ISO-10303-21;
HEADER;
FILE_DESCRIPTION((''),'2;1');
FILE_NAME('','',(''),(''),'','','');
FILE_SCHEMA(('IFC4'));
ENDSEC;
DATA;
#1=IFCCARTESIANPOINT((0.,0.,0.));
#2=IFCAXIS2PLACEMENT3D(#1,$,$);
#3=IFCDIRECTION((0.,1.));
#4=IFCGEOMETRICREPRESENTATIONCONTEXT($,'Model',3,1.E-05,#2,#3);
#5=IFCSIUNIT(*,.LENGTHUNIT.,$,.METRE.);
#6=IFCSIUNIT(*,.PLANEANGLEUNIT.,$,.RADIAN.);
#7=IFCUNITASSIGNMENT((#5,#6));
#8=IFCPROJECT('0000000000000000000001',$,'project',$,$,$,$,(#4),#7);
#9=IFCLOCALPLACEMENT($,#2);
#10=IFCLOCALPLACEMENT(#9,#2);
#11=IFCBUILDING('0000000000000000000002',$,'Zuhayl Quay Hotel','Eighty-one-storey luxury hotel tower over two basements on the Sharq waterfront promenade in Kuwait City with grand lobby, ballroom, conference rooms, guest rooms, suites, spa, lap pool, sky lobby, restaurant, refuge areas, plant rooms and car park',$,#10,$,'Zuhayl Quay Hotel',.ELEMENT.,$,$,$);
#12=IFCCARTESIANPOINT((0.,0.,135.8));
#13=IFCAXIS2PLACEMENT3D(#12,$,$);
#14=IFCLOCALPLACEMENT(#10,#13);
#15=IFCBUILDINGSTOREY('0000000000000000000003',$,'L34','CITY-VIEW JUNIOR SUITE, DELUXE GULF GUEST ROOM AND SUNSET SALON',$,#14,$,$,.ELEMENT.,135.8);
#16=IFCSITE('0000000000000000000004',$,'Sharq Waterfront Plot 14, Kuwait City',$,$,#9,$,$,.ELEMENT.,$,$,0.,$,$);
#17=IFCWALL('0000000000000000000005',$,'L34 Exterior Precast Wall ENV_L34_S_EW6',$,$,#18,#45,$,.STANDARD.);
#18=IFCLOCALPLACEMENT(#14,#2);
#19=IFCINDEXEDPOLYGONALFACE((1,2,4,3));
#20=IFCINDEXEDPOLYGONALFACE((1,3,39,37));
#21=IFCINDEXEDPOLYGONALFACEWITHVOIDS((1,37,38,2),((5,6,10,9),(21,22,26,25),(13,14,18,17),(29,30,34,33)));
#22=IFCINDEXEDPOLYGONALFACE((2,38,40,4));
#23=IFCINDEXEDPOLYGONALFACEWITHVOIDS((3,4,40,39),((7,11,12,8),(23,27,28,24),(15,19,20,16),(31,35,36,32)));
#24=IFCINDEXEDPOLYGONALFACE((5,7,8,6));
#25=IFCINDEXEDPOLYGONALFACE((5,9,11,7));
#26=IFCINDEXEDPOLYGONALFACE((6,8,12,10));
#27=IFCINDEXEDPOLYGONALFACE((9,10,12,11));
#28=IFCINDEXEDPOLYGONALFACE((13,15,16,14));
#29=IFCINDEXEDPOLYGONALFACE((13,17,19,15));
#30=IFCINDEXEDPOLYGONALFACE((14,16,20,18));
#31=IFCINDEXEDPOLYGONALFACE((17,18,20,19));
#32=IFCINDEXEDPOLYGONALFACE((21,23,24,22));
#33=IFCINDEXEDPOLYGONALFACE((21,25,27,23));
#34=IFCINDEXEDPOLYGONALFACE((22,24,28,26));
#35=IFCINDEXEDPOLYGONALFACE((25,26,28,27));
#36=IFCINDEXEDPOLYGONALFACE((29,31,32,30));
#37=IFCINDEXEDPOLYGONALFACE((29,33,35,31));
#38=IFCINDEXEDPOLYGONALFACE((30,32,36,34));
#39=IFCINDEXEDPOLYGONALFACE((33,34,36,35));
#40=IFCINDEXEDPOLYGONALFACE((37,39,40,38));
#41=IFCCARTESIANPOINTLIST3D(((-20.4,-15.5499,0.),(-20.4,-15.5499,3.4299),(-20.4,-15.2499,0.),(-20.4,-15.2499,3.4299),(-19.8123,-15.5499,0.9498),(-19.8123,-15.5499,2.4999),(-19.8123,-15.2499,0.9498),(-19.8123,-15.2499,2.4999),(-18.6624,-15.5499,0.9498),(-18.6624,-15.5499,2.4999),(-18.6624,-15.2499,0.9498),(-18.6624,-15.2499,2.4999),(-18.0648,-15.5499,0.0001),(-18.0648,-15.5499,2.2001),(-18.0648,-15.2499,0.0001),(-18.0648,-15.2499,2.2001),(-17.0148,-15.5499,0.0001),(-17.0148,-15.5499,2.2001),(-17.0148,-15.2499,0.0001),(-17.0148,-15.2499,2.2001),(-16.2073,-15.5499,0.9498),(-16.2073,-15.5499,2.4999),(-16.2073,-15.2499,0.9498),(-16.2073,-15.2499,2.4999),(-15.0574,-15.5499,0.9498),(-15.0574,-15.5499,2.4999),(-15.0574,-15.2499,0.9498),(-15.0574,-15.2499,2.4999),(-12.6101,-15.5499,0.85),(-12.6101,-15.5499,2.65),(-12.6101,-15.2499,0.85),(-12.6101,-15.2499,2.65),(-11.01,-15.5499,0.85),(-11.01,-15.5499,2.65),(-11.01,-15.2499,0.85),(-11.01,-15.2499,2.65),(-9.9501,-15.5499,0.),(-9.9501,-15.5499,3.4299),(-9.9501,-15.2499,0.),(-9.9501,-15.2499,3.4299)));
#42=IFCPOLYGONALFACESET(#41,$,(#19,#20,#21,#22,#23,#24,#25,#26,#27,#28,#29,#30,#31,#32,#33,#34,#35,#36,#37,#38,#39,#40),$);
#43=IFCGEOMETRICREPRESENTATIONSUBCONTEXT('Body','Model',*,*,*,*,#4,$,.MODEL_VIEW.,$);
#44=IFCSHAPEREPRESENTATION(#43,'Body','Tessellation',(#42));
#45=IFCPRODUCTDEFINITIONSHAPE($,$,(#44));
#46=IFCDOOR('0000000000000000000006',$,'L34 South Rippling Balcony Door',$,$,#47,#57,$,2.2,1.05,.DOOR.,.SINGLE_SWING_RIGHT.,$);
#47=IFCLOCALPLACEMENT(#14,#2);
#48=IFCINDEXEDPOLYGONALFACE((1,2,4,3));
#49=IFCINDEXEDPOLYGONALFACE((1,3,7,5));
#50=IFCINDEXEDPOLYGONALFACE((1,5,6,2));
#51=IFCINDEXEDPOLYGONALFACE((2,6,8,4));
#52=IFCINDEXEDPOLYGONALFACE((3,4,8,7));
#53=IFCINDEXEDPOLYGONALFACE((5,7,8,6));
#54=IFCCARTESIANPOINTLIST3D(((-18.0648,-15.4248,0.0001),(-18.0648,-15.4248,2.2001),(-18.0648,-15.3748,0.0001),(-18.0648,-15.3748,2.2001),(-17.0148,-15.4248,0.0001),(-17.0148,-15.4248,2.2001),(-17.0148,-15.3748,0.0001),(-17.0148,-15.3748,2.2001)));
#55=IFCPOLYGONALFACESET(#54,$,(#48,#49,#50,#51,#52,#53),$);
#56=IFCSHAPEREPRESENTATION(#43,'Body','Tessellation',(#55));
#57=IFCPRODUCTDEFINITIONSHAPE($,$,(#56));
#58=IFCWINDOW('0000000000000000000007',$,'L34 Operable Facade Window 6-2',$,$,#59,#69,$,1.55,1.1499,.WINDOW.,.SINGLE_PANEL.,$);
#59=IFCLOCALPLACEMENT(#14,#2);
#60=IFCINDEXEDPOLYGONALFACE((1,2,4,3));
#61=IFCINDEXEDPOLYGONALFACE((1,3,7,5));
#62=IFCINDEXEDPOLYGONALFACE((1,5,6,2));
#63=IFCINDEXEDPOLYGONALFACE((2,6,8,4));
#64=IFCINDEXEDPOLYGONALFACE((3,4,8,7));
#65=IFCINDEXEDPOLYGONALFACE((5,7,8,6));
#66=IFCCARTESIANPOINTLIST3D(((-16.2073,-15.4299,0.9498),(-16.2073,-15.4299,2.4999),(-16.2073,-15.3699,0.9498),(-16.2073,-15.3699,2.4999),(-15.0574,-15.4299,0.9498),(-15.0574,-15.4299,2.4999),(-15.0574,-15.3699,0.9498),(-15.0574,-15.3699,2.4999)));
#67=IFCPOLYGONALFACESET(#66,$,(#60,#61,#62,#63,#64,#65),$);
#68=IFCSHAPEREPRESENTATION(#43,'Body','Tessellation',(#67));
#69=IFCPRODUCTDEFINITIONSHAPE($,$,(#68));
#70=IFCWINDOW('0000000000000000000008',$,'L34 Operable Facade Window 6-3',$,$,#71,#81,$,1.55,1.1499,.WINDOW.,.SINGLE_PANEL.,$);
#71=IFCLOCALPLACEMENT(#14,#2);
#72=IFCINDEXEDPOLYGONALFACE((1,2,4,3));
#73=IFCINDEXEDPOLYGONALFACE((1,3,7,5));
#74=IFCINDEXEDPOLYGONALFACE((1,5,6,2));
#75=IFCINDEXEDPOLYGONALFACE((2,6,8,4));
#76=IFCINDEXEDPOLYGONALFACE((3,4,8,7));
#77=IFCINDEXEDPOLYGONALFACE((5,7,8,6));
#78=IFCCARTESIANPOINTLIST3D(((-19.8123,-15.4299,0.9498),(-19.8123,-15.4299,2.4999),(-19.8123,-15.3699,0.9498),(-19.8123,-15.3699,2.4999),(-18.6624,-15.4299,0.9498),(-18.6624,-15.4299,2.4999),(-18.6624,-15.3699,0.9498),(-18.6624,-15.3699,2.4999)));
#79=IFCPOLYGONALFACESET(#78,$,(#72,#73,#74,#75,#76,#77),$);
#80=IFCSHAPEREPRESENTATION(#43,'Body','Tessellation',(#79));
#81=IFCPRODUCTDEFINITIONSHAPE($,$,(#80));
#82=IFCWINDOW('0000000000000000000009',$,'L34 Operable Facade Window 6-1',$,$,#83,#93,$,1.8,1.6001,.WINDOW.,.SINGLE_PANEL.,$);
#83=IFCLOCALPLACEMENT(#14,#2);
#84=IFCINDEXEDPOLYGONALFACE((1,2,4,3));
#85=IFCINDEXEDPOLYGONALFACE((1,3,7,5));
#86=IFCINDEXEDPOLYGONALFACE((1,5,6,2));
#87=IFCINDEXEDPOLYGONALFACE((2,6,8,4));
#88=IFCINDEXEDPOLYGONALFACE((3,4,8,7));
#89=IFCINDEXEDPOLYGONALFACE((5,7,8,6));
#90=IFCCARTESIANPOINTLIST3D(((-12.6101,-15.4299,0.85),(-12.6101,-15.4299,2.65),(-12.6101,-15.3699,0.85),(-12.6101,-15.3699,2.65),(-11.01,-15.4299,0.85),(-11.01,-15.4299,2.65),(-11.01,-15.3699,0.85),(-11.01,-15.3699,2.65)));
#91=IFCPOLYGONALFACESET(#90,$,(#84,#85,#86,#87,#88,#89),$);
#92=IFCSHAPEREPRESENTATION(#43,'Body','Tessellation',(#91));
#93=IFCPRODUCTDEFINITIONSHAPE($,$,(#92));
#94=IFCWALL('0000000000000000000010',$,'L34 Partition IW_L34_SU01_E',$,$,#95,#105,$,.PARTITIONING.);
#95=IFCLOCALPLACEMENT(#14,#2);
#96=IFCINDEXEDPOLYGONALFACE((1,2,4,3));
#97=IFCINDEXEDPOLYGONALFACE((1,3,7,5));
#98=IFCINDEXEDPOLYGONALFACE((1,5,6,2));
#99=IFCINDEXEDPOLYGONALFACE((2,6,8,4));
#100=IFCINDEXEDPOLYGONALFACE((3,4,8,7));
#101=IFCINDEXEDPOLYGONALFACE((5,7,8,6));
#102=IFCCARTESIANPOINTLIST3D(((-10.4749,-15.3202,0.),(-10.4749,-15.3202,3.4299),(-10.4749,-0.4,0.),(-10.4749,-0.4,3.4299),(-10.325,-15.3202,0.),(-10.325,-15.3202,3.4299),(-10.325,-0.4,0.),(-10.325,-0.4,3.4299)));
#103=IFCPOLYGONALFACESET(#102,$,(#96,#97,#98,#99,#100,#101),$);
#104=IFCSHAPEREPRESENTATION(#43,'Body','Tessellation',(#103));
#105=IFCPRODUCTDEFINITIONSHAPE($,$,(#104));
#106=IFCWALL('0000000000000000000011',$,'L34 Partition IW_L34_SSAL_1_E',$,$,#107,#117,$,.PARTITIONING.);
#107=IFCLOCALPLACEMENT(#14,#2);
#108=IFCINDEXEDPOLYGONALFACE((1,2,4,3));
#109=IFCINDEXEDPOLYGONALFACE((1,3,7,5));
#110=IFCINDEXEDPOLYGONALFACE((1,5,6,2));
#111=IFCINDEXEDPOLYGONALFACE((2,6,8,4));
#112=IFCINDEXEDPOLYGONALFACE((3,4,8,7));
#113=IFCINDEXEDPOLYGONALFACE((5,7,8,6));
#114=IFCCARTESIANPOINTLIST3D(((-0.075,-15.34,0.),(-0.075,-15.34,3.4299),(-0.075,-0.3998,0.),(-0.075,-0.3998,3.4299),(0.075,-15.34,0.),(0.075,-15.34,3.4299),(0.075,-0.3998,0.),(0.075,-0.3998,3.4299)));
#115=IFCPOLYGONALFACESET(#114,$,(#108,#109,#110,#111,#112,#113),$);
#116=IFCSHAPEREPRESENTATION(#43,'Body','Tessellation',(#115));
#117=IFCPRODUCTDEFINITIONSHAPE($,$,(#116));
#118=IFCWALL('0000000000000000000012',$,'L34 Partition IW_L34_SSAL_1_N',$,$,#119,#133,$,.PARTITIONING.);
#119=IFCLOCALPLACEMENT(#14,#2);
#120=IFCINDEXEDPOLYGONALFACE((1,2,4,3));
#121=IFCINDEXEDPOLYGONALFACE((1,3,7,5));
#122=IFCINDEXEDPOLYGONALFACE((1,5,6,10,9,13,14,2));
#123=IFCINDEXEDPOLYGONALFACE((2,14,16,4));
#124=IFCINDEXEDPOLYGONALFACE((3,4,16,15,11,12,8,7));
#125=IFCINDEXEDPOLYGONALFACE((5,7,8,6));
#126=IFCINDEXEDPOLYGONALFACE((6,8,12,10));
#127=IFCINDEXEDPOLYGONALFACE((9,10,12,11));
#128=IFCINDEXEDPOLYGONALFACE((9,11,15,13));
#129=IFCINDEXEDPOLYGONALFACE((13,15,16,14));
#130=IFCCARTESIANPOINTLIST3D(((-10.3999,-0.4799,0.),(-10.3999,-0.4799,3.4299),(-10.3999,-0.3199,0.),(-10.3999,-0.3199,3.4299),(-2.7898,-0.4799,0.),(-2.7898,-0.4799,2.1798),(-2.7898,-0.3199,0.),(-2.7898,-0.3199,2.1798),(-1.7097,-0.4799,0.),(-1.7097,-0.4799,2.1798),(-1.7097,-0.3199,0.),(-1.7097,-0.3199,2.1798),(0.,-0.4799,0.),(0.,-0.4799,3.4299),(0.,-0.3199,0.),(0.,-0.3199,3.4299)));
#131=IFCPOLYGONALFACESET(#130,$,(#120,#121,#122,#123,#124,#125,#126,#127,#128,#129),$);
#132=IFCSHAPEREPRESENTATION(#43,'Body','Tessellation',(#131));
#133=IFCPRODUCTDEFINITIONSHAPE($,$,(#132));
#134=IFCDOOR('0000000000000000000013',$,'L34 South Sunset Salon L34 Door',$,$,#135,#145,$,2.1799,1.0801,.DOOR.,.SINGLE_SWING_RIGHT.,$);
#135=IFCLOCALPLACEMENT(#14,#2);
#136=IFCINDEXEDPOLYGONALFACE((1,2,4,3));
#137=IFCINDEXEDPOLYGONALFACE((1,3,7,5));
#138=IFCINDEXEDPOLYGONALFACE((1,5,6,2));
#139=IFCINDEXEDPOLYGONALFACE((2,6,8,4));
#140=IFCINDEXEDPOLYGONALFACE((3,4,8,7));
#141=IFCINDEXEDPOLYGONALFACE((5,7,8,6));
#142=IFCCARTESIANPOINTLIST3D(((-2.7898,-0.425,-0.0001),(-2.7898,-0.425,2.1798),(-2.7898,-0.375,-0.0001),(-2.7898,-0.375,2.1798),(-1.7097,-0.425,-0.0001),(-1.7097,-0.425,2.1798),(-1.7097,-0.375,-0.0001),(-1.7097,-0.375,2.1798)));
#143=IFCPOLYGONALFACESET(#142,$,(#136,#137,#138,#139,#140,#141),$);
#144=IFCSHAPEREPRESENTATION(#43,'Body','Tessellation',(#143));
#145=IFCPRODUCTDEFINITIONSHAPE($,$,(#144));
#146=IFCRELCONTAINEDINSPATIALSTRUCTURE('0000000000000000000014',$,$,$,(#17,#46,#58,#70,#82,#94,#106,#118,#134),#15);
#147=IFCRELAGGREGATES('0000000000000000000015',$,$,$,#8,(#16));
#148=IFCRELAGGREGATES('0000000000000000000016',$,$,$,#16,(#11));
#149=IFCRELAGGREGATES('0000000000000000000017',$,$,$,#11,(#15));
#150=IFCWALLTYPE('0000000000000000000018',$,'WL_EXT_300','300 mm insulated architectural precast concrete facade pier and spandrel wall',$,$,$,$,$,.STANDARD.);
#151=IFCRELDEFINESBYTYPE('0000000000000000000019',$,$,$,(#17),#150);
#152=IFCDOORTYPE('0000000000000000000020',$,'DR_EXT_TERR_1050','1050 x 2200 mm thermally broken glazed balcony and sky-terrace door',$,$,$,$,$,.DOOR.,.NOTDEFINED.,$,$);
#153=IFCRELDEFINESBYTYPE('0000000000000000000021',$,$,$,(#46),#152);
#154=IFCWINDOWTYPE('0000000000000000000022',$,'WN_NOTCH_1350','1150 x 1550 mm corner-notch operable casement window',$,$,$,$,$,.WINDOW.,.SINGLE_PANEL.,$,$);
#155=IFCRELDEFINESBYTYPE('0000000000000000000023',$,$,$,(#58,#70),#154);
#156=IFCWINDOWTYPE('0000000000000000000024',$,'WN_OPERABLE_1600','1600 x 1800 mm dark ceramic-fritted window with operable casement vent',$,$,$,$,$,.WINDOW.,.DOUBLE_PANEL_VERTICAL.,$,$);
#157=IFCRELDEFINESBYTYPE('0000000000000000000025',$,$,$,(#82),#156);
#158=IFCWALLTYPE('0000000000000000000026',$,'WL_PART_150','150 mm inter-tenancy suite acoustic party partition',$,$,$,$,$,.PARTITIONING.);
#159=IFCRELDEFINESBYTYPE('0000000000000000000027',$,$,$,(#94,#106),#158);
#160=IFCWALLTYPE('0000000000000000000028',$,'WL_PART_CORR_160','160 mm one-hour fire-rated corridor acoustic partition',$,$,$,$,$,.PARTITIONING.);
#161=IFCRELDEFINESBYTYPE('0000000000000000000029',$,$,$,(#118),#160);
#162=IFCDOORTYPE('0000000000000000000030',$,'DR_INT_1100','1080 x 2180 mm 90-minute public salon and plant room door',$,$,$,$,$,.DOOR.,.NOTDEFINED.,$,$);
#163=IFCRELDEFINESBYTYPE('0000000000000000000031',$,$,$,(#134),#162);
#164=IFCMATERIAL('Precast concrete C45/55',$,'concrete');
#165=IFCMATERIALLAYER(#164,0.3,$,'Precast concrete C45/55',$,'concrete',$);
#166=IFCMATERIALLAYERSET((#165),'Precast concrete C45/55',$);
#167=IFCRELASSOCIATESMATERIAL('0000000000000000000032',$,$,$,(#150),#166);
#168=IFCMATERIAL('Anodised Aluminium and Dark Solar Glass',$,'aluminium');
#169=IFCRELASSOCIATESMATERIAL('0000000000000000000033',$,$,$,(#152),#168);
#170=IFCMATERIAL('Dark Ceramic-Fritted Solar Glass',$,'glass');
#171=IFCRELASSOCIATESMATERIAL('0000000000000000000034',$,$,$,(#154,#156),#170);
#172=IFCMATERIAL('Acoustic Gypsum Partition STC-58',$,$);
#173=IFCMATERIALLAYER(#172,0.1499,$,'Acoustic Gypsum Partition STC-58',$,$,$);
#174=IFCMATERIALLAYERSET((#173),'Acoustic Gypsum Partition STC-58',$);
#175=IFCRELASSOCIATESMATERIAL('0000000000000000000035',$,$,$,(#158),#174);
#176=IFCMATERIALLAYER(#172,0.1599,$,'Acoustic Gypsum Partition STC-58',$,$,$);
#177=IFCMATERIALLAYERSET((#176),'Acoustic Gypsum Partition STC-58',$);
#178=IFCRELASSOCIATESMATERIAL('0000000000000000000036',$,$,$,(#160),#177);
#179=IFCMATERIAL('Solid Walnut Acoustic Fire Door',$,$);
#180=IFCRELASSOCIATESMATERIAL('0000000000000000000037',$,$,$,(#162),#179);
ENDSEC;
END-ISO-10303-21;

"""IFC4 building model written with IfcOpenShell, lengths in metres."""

from ifc_helpers import new_model, si_unit, direction, frame, frame_2d, origin, place, context, subcontext, project, spatial, rectangle, extrude, material, layer, layer_set, type_object, element, fill, save


model = new_model("IFC4")

# Units and contexts
model_context = context("Model", 3, precision=1e-05, world=origin(), true_north=direction((0.0, 1.0)))
body_context = subcontext(model_context, "Body", "Model", "MODEL_VIEW")
ifc_project = project(units=[si_unit("LENGTHUNIT", "METRE"), si_unit("PLANEANGLEUNIT", "RADIAN")], contexts=[model_context])

# Site, building, storey
site_placement = place(None, origin())
site = spatial("IfcSite", under=ifc_project, at=site_placement, Name="Sharq Waterfront Plot 14, Kuwait City", CompositionType="ELEMENT", RefElevation=0.0)
building_placement = place(site_placement, origin())
building = spatial("IfcBuilding", under=site, at=building_placement, Name="Zuhayl Quay Hotel", Description="Eighty-one-storey luxury hotel tower over two basements on the Sharq waterfront promenade in Kuwait City with grand lobby, ballroom, conference rooms, guest rooms, suites, spa, lap pool, sky lobby, restaurant, refuge areas, plant rooms and car park", LongName="Zuhayl Quay Hotel", CompositionType="ELEMENT")
storey_placement = place(building_placement, frame((0.0, 0.0, 135.8)))
storey = spatial("IfcBuildingStorey", under=building, at=storey_placement, Name="L34", Description="CITY-VIEW JUNIOR SUITE, DELUXE GULF GUEST ROOM AND SUNSET SALON", CompositionType="ELEMENT", Elevation=135.8)

# Shared definitions
ifc_material_1 = material(Name="Dark Ceramic-Fritted Solar Glass", Category="glass")

# Shared definitions
ifc_material_2 = material(Name="Precast concrete C45/55", Category="concrete")
ifc_layer_1 = layer(ifc_material_2, 0.3, Name="Precast concrete C45/55", Category="concrete")
ifc_layer_set_1 = layer_set([ifc_layer_1], Name="Precast concrete C45/55")
wall_type_1 = type_object("IfcWallType", Name="WL_EXT_300", Description="300 mm insulated architectural precast concrete facade pier and spandrel wall", PredefinedType="STANDARD", material=ifc_layer_set_1)

# Wall, openings, door, windows
wall_1_placement = place(storey_placement, frame((-9.95, -15.3999, 0.0), z_axis=(0.0, 0.0, 1.0), x_axis=(-1.0, 0.0, 0.0)))
wall_1 = element("IfcWall", 1, at=wall_1_placement, inside=storey, type_object=wall_type_1, Name="L34 Exterior Precast Wall ENV_L34_S_EW6", PredefinedType="STANDARD", context=body_context, shape_type="SweptSolid", body=[
    extrude(rectangle(XDim=10.45, YDim=0.3, at=frame_2d((5.2251, 0.0))), origin(), (0.0, 0.0, 1.0), 3.4299),
])
opening_1_placement = place(wall_1_placement, frame((7.0649, 0.0, 0.0)))
opening_1 = element("IfcOpeningElement", 2, at=opening_1_placement, cuts=wall_1, PredefinedType="OPENING", context=body_context, shape_type="SweptSolid", body=[
    extrude(rectangle(XDim=1.05, YDim=2.2, at=frame_2d((0.5249, 1.1001))), frame((0.0, 0.1599, 0.0), z_axis=(0.0, -1.0, 0.0), x_axis=(1.0, 0.0, 0.0)), (0.0, 0.0, 1.0), 0.3201),
])
opening_2_placement = place(wall_1_placement, frame((1.0601, 0.0, 0.8501)))
opening_2 = element("IfcOpeningElement", 3, at=opening_2_placement, cuts=wall_1, PredefinedType="OPENING", context=body_context, shape_type="SweptSolid", body=[
    extrude(rectangle(XDim=1.6001, YDim=1.8, at=frame_2d((0.8, 0.8999))), frame((0.0, 0.1599, 0.0), z_axis=(0.0, -1.0, 0.0), x_axis=(1.0, 0.0, 0.0)), (0.0, 0.0, 1.0), 0.3201),
])
opening_3_placement = place(wall_1_placement, frame((5.1074, 0.0, 0.95)))
opening_3 = element("IfcOpeningElement", 4, at=opening_3_placement, cuts=wall_1, PredefinedType="OPENING", context=body_context, shape_type="SweptSolid", body=[
    extrude(rectangle(XDim=1.1499, YDim=1.55, at=frame_2d((0.575, 0.7749))), frame((0.0, 0.1599, 0.0), z_axis=(0.0, -1.0, 0.0), x_axis=(1.0, 0.0, 0.0)), (0.0, 0.0, 1.0), 0.3201),
])
opening_4_placement = place(wall_1_placement, frame((8.7124, 0.0, 0.95)))
opening_4 = element("IfcOpeningElement", 5, at=opening_4_placement, cuts=wall_1, PredefinedType="OPENING", context=body_context, shape_type="SweptSolid", body=[
    extrude(rectangle(XDim=1.1499, YDim=1.55, at=frame_2d((0.575, 0.7749))), frame((0.0, 0.1599, 0.0), z_axis=(0.0, -1.0, 0.0), x_axis=(1.0, 0.0, 0.0)), (0.0, 0.0, 1.0), 0.3201),
])
ifc_material_3 = material(Name="Anodised Aluminium and Dark Solar Glass", Category="aluminium")
door_type_1 = type_object("IfcDoorType", Name="DR_EXT_TERR_1050", Description="1050 x 2200 mm thermally broken glazed balcony and sky-terrace door", OperationType="NOTDEFINED", PredefinedType="DOOR", material=ifc_material_3)
door_1_placement = place(opening_1_placement, origin())
door_1 = element("IfcDoor", 6, at=door_1_placement, inside=storey, type_object=door_type_1, Name="L34 South Rippling Balcony Door", OperationType="SINGLE_SWING_RIGHT", OverallHeight=2.2, OverallWidth=1.05, PredefinedType="DOOR", context=body_context, shape_type="SweptSolid", body=[
    extrude(rectangle(XDim=1.05, YDim=2.2, at=frame_2d((0.5249, 1.1001))), frame((0.0, 0.0249, 0.0), z_axis=(0.0, -1.0, 0.0), x_axis=(1.0, 0.0, 0.0)), (0.0, 0.0, 1.0), 0.05),
])
fill(opening_1, door_1)
window_type_1 = type_object("IfcWindowType", Name="WN_NOTCH_1350", Description="1150 x 1550 mm corner-notch operable casement window", PartitioningType="SINGLE_PANEL", PredefinedType="WINDOW", material=ifc_material_1)
window_1_placement = place(opening_3_placement, origin())
window_1 = element("IfcWindow", 7, at=window_1_placement, inside=storey, type_object=window_type_1, Name="L34 Operable Facade Window 6-2", OverallHeight=1.55, OverallWidth=1.1499, PartitioningType="SINGLE_PANEL", PredefinedType="WINDOW", context=body_context, shape_type="SweptSolid", body=[
    extrude(rectangle(XDim=1.1499, YDim=1.55, at=frame_2d((0.575, 0.7749))), frame((0.0, 0.03, 0.0), z_axis=(0.0, -1.0, 0.0), x_axis=(1.0, 0.0, 0.0)), (0.0, 0.0, 1.0), 0.0601),
])
fill(opening_3, window_1)
window_2_placement = place(opening_4_placement, origin())
window_2 = element("IfcWindow", 8, at=window_2_placement, inside=storey, type_object=window_type_1, Name="L34 Operable Facade Window 6-3", OverallHeight=1.55, OverallWidth=1.1499, PartitioningType="SINGLE_PANEL", PredefinedType="WINDOW", context=body_context, shape_type="SweptSolid", body=[
    extrude(rectangle(XDim=1.1499, YDim=1.55, at=frame_2d((0.575, 0.7749))), frame((0.0, 0.03, 0.0), z_axis=(0.0, -1.0, 0.0), x_axis=(1.0, 0.0, 0.0)), (0.0, 0.0, 1.0), 0.0601),
])
fill(opening_4, window_2)
window_type_2 = type_object("IfcWindowType", Name="WN_OPERABLE_1600", Description="1600 x 1800 mm dark ceramic-fritted window with operable casement vent", PartitioningType="DOUBLE_PANEL_VERTICAL", PredefinedType="WINDOW", material=ifc_material_1)
window_3_placement = place(opening_2_placement, origin())
window_3 = element("IfcWindow", 9, at=window_3_placement, inside=storey, type_object=window_type_2, Name="L34 Operable Facade Window 6-1", OverallHeight=1.8, OverallWidth=1.6001, PartitioningType="SINGLE_PANEL", PredefinedType="WINDOW", context=body_context, shape_type="SweptSolid", body=[
    extrude(rectangle(XDim=1.6001, YDim=1.8, at=frame_2d((0.8, 0.8999))), frame((0.0, 0.03, 0.0), z_axis=(0.0, -1.0, 0.0), x_axis=(1.0, 0.0, 0.0)), (0.0, 0.0, 1.0), 0.0601),
])
fill(opening_2, window_3)

# Walls
ifc_material_4 = material(Name="Acoustic Gypsum Partition STC-58")
ifc_layer_2 = layer(ifc_material_4, 0.1499, Name="Acoustic Gypsum Partition STC-58")
ifc_layer_set_2 = layer_set([ifc_layer_2], Name="Acoustic Gypsum Partition STC-58")
wall_type_2 = type_object("IfcWallType", Name="WL_PART_150", Description="150 mm inter-tenancy suite acoustic party partition", PredefinedType="PARTITIONING", material=ifc_layer_set_2)
wall_2_placement = place(storey_placement, frame((-10.3999, -15.3201, 0.0), z_axis=(0.0, 0.0, 1.0), x_axis=(0.0, 1.0, 0.0)))
element("IfcWall", 10, at=wall_2_placement, inside=storey, type_object=wall_type_2, Name="L34 Partition IW_L34_SU01_E", PredefinedType="PARTITIONING", context=body_context, shape_type="SweptSolid", body=[
    extrude(rectangle(XDim=14.9202, YDim=0.1499, at=frame_2d((7.46, 0.0))), origin(), (0.0, 0.0, 1.0), 3.4299),
])
wall_3_placement = place(storey_placement, frame((0.0, -15.3401, 0.0), z_axis=(0.0, 0.0, 1.0), x_axis=(0.0, 1.0, 0.0)))
element("IfcWall", 11, at=wall_3_placement, inside=storey, type_object=wall_type_2, Name="L34 Partition IW_L34_SSAL_1_E", PredefinedType="PARTITIONING", context=body_context, shape_type="SweptSolid", body=[
    extrude(rectangle(XDim=14.9402, YDim=0.1499, at=frame_2d((7.4702, 0.0))), origin(), (0.0, 0.0, 1.0), 3.4299),
])

# Wall, opening, door
ifc_layer_3 = layer(ifc_material_4, 0.1599, Name="Acoustic Gypsum Partition STC-58")
ifc_layer_set_3 = layer_set([ifc_layer_3], Name="Acoustic Gypsum Partition STC-58")
wall_type_3 = type_object("IfcWallType", Name="WL_PART_CORR_160", Description="160 mm one-hour fire-rated corridor acoustic partition", PredefinedType="PARTITIONING", material=ifc_layer_set_3)
wall_4_placement = place(storey_placement, frame((-10.3999, -0.3999, 0.0), z_axis=(0.0, 0.0, 1.0), x_axis=(1.0, 0.0, 0.0)))
wall_4 = element("IfcWall", 12, at=wall_4_placement, inside=storey, type_object=wall_type_3, Name="L34 Partition IW_L34_SSAL_1_N", PredefinedType="PARTITIONING", context=body_context, shape_type="SweptSolid", body=[
    extrude(rectangle(XDim=10.3999, YDim=0.1599, at=frame_2d((5.2, 0.0))), origin(), (0.0, 0.0, 1.0), 3.4299),
])
opening_5_placement = place(wall_4_placement, frame((7.6101, 0.0, 0.0)))
opening_5 = element("IfcOpeningElement", 13, at=opening_5_placement, cuts=wall_4, PredefinedType="OPENING", context=body_context, shape_type="SweptSolid", body=[
    extrude(rectangle(XDim=1.0801, YDim=2.1799, at=frame_2d((0.54, 1.0898))), frame((0.0, 0.0898, 0.0), z_axis=(0.0, -1.0, 0.0), x_axis=(1.0, 0.0, 0.0)), (0.0, 0.0, 1.0), 0.1799),
])
ifc_material_5 = material(Name="Solid Walnut Acoustic Fire Door")
door_type_2 = type_object("IfcDoorType", Name="DR_INT_1100", Description="1080 x 2180 mm 90-minute public salon and plant room door", OperationType="NOTDEFINED", PredefinedType="DOOR", material=ifc_material_5)
door_2_placement = place(opening_5_placement, origin())
door_2 = element("IfcDoor", 14, at=door_2_placement, inside=storey, type_object=door_type_2, Name="L34 South Sunset Salon L34 Door", OperationType="SINGLE_SWING_RIGHT", OverallHeight=2.1799, OverallWidth=1.0801, PredefinedType="DOOR", context=body_context, shape_type="SweptSolid", body=[
    extrude(rectangle(XDim=1.0801, YDim=2.1799, at=frame_2d((0.54, 1.0898))), frame((0.0, 0.0249, 0.0), z_axis=(0.0, -1.0, 0.0), x_axis=(1.0, 0.0, 0.0)), (0.0, 0.0, 1.0), 0.05),
])
fill(opening_5, door_2)

save(model, "model.ifc")
